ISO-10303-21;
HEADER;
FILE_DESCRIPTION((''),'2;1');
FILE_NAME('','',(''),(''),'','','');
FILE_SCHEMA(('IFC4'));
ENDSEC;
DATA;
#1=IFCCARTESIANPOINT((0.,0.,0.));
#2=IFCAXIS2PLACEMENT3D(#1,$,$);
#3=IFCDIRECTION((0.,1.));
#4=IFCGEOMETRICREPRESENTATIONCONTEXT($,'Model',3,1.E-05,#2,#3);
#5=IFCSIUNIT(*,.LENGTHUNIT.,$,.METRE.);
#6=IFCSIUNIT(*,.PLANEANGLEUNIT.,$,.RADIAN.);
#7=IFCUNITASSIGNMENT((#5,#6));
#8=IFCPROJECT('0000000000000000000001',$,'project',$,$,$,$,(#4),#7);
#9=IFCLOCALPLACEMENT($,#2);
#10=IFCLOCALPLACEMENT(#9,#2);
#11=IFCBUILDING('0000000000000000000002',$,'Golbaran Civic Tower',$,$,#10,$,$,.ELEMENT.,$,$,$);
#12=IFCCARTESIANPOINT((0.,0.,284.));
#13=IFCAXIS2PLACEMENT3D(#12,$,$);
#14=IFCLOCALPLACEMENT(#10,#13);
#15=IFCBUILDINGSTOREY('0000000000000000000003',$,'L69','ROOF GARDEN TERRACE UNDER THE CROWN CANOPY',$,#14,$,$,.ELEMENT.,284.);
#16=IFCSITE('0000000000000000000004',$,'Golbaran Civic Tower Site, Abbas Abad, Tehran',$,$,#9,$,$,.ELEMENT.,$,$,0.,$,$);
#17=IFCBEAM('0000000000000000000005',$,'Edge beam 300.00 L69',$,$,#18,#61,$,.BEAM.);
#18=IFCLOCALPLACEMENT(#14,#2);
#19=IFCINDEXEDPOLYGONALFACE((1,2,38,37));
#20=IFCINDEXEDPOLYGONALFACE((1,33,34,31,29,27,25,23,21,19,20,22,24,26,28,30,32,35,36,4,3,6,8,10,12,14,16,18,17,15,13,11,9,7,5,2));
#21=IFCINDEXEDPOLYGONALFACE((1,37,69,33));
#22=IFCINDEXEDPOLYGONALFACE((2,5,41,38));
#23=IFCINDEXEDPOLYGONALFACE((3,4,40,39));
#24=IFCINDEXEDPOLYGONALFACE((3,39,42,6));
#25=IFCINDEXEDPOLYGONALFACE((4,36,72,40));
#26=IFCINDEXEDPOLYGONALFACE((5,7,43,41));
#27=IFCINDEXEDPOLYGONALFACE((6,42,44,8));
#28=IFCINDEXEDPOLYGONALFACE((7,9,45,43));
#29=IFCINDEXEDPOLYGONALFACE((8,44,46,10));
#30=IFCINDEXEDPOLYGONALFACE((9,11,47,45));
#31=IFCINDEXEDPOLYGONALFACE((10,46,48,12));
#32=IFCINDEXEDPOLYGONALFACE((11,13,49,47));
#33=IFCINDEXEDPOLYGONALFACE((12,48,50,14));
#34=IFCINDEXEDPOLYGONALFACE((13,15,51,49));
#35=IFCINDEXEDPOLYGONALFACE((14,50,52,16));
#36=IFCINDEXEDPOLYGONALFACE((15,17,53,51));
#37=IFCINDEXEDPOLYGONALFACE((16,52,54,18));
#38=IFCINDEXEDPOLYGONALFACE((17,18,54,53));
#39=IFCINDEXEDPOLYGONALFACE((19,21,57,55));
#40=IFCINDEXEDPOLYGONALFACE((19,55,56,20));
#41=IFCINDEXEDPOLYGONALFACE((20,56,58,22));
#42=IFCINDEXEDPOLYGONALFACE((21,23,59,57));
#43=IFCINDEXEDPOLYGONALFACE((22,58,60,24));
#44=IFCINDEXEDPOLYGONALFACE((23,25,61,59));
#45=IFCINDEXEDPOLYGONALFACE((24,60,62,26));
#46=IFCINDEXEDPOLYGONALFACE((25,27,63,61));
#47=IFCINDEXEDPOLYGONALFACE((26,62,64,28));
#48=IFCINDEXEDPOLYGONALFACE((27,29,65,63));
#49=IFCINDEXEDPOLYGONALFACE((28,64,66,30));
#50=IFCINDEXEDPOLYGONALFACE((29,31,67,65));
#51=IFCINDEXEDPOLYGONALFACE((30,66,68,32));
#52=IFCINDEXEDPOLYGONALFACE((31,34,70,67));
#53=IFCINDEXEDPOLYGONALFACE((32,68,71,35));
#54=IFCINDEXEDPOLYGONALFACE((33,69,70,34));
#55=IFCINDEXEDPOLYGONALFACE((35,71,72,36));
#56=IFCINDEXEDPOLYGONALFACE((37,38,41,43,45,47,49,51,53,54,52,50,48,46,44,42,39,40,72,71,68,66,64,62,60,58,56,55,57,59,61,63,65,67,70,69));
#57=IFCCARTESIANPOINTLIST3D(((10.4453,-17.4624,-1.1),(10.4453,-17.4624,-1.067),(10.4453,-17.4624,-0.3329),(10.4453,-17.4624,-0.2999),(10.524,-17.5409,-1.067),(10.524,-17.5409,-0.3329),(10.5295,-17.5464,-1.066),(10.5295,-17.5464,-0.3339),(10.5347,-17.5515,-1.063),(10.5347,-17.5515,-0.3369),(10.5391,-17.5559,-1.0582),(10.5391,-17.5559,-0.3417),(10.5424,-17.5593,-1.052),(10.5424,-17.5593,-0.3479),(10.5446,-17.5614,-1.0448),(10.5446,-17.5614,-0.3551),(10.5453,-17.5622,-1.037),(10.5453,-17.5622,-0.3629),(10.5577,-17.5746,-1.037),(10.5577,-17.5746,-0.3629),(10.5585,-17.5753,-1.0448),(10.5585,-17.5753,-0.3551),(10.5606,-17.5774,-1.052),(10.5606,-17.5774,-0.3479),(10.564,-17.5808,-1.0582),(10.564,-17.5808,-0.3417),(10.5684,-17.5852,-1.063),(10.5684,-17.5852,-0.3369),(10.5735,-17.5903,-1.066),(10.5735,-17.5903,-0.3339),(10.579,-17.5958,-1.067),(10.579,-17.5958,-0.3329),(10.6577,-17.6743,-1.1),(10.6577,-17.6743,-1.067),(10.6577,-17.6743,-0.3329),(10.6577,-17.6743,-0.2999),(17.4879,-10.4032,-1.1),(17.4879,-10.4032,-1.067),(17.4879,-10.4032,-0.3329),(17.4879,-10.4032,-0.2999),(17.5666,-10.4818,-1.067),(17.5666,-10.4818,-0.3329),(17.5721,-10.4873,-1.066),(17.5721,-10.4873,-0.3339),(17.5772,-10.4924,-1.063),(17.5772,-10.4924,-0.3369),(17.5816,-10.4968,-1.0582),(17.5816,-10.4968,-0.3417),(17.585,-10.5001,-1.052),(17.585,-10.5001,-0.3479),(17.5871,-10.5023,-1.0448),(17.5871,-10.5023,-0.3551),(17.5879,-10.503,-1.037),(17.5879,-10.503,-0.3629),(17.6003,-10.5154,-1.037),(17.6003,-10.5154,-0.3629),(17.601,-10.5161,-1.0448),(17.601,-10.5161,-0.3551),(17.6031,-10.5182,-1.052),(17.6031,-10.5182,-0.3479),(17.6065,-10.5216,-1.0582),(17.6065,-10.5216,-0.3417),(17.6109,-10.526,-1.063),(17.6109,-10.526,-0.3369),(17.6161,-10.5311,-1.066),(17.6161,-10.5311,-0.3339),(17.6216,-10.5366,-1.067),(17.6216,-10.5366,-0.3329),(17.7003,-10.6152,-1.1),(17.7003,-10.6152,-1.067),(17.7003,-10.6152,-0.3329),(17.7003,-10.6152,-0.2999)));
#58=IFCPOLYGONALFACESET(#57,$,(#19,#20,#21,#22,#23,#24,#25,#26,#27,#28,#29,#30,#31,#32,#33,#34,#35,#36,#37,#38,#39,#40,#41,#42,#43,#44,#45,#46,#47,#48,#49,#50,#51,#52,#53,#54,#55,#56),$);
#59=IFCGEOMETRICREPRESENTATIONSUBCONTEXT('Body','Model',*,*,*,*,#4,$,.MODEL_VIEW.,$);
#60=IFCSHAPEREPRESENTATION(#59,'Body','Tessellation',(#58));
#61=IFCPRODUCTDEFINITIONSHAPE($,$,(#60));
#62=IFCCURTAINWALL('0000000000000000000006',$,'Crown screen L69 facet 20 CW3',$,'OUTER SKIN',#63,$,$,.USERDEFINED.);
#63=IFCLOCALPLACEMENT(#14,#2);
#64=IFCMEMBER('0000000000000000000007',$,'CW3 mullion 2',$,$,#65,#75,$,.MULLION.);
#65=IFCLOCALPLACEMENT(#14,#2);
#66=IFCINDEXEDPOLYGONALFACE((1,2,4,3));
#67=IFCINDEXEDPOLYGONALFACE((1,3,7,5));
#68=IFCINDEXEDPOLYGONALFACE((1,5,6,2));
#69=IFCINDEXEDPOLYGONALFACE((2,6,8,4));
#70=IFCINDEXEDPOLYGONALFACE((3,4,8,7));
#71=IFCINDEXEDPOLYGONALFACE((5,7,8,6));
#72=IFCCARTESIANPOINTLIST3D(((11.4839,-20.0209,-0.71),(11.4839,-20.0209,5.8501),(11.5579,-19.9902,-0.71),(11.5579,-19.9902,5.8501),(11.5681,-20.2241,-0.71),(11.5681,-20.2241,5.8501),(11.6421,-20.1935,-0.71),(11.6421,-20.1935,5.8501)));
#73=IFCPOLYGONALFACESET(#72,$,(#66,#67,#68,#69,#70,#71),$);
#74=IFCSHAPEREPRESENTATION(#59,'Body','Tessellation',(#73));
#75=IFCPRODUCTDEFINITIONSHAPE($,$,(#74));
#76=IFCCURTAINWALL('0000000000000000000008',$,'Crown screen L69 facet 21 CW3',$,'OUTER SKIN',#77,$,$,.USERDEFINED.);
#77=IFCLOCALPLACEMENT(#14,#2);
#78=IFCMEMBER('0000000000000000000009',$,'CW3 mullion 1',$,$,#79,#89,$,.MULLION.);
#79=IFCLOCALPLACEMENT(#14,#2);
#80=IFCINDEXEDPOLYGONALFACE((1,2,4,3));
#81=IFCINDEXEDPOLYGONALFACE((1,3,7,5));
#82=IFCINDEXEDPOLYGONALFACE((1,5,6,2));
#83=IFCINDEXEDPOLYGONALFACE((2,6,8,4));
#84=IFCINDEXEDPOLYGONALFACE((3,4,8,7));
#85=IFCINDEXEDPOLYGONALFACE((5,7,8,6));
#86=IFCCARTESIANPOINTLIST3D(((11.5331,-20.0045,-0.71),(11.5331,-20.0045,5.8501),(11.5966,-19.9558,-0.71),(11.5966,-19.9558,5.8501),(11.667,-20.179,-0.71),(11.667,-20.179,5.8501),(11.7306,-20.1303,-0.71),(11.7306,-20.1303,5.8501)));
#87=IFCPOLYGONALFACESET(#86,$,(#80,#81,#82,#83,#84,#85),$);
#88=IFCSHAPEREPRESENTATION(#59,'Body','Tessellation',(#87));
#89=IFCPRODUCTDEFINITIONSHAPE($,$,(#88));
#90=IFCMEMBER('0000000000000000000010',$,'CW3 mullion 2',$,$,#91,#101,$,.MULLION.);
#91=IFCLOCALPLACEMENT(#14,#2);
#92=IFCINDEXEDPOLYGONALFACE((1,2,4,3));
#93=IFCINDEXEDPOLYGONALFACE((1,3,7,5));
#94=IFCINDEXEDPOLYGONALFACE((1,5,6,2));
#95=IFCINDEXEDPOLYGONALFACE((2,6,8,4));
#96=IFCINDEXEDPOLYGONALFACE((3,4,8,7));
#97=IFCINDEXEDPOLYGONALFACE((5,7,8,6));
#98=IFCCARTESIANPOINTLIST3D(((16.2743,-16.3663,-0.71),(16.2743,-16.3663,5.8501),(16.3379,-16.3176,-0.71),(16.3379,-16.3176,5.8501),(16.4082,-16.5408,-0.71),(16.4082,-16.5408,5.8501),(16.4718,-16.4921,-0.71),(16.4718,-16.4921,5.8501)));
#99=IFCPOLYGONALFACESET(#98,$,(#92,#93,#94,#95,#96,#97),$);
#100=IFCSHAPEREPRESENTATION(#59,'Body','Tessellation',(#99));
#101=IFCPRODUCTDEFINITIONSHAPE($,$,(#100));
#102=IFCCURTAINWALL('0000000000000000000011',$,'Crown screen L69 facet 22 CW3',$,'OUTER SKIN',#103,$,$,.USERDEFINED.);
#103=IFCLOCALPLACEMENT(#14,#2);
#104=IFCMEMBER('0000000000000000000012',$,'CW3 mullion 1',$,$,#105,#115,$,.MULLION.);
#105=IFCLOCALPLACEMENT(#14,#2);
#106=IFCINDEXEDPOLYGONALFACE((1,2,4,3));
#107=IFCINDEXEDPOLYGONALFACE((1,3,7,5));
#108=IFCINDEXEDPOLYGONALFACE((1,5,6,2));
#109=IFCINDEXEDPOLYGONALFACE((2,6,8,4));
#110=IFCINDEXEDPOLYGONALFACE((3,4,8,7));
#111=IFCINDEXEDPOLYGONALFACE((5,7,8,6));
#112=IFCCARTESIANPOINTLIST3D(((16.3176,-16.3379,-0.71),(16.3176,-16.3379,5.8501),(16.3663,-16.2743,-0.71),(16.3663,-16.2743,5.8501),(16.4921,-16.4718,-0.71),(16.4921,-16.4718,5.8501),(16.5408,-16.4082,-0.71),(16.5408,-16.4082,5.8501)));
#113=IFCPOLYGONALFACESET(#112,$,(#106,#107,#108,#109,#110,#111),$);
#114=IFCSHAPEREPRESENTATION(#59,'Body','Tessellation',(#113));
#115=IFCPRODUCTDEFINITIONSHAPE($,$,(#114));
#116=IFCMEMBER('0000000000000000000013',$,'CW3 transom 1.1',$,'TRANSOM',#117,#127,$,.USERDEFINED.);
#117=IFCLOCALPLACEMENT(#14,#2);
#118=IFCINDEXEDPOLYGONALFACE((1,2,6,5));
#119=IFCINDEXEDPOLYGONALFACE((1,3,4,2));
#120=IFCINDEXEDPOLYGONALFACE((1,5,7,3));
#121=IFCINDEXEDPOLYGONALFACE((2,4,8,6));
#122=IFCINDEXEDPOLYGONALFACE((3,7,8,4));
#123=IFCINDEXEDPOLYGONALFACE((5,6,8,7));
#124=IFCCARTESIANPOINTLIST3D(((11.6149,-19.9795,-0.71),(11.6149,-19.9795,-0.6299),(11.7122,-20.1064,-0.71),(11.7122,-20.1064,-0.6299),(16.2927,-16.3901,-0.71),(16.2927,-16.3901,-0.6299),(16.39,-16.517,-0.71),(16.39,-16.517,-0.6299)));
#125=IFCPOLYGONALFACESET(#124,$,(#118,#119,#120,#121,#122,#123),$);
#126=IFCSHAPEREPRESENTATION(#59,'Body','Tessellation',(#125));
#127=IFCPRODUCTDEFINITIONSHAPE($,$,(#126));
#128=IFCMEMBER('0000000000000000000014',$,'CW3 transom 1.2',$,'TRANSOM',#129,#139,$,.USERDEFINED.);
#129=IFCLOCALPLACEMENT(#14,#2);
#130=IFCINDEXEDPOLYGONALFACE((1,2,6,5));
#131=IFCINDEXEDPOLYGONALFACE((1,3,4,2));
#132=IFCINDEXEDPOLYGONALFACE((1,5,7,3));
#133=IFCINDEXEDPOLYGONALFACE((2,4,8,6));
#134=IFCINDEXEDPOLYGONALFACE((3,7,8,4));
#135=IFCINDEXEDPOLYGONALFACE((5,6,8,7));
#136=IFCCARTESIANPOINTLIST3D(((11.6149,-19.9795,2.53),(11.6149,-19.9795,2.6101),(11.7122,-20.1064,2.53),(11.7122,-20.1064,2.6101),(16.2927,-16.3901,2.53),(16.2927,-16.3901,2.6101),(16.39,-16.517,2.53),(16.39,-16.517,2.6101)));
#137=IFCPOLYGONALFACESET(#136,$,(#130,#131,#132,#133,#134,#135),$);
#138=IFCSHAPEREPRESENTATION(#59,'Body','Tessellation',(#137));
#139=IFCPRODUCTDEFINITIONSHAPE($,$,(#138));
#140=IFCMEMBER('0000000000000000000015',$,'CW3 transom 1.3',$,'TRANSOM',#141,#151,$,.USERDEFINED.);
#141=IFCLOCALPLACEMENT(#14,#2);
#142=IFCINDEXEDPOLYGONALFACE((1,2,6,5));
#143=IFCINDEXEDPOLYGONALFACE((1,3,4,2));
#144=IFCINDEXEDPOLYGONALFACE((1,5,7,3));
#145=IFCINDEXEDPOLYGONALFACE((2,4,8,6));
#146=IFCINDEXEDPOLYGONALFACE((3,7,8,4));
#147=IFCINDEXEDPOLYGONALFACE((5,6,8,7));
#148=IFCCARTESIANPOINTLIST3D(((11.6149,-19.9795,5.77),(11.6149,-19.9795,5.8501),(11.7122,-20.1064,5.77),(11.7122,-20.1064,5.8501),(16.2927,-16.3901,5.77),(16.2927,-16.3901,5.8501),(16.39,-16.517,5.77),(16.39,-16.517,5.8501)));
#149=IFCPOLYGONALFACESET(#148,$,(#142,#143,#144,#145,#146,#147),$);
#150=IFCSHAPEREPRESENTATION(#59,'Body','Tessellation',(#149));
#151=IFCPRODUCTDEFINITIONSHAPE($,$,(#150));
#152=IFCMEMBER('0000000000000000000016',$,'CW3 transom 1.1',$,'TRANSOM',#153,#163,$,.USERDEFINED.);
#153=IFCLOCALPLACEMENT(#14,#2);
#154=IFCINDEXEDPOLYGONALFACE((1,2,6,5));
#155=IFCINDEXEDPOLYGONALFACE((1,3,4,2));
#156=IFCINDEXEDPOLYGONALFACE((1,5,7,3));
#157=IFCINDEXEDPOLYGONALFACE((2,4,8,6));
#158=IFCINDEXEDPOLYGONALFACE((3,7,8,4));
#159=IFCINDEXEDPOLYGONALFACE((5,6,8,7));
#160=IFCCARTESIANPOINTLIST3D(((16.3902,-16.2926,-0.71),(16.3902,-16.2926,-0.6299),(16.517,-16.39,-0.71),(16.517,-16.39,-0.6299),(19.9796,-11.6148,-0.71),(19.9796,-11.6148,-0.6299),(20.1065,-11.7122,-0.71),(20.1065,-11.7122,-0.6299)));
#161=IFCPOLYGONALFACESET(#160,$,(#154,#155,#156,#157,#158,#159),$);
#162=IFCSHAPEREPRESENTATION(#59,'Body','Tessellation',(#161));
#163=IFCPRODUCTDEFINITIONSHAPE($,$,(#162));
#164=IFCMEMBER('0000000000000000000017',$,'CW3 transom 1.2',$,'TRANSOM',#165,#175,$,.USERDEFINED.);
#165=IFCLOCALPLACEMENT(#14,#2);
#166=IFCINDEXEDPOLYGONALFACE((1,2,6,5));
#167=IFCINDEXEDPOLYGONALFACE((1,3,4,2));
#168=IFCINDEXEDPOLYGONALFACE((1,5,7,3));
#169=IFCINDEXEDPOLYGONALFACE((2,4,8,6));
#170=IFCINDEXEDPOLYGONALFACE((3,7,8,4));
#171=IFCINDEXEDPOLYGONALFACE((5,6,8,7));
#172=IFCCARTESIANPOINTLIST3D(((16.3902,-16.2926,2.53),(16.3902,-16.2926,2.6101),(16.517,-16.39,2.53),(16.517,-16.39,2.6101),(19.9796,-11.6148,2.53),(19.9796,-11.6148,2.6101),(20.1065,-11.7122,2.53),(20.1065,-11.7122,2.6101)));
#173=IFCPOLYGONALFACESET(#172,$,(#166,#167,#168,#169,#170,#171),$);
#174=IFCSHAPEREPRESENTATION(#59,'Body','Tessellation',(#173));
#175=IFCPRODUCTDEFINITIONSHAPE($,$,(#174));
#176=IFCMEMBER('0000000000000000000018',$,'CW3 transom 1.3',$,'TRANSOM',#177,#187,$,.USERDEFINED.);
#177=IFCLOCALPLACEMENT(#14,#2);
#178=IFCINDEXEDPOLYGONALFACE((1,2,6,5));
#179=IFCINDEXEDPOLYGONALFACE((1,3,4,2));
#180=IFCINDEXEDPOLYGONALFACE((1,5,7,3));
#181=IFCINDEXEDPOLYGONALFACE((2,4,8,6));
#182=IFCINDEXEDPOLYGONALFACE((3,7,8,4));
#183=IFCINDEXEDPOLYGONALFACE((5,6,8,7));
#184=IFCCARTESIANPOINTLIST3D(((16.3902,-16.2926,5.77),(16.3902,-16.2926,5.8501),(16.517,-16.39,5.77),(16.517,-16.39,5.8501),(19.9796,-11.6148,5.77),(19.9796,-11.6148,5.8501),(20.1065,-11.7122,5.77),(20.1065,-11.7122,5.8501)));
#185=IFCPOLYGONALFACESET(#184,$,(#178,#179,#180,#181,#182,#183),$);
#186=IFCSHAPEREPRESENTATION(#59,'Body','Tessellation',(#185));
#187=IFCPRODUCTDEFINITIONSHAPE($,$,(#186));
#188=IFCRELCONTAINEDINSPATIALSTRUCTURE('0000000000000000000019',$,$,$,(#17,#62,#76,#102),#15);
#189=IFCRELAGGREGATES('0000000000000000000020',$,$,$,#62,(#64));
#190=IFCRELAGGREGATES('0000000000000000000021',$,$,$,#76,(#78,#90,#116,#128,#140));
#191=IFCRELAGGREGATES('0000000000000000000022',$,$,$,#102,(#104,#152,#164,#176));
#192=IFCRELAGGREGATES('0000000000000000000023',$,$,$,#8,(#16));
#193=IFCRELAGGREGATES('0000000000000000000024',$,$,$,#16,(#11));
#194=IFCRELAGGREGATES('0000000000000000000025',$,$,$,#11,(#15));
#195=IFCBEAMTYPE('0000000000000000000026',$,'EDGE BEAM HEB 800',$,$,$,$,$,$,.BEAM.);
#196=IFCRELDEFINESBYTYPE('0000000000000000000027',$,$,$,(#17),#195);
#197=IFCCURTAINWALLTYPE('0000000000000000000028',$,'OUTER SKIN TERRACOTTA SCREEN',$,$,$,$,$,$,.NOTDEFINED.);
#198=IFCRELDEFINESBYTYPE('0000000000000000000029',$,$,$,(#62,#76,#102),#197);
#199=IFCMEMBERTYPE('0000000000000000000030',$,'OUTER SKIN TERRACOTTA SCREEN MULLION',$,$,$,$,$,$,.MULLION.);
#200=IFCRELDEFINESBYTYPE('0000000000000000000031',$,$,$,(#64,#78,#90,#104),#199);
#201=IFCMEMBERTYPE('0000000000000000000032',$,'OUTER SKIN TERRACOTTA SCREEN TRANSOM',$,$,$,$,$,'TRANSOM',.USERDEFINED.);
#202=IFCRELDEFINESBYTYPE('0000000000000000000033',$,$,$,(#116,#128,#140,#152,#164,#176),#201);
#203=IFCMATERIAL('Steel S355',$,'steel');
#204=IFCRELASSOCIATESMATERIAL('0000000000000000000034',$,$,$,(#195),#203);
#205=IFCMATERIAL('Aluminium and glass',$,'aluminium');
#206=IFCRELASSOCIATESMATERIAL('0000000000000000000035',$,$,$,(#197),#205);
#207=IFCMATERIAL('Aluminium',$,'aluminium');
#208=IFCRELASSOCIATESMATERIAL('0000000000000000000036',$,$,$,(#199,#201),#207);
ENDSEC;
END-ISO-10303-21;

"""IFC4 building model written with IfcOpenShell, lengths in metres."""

from ifc_helpers import new_model, si_unit, direction, frame, origin, origin_2d, place, context, subcontext, project, spatial, rectangle, i_section, extrude, material, material_profile, profile_set, type_object, element, aggregate, save


model = new_model("IFC4")

# Units and contexts
model_context = context("Model", 3, precision=1e-05, world=origin(), true_north=direction((0.0, 1.0)))
body_context = subcontext(model_context, "Body", "Model", "MODEL_VIEW")
ifc_project = project(units=[si_unit("LENGTHUNIT", "METRE"), si_unit("PLANEANGLEUNIT", "RADIAN")], contexts=[model_context])

# Site, building, storey
site_placement = place(None, origin())
site = spatial("IfcSite", under=ifc_project, at=site_placement, Name="Golbaran Civic Tower Site, Abbas Abad, Tehran", CompositionType="ELEMENT", RefElevation=0.0)
building_placement = place(site_placement, origin())
building = spatial("IfcBuilding", under=site, at=building_placement, Name="Golbaran Civic Tower", CompositionType="ELEMENT")
storey_placement = place(building_placement, frame((0.0, 0.0, 284.0)))
storey = spatial("IfcBuildingStorey", under=building, at=storey_placement, Name="L69", Description="ROOF GARDEN TERRACE UNDER THE CROWN CANOPY", CompositionType="ELEMENT", Elevation=284.0)

# Shared definitions
ifc_material_1 = material(Name="Steel S355", Category="steel")

# Beam
ifc_material_profile_1 = material_profile(ifc_material_1, i_section(OverallWidth=0.3, OverallDepth=0.8, WebThickness=0.0176, FlangeThickness=0.033, FilletRadius=0.03, at=origin_2d()), Name="HEB 800")
ifc_profile_set_1 = profile_set([ifc_material_profile_1], Name="Steel S355")
beam_type_1 = type_object("IfcBeamType", Name="EDGE BEAM HEB 800", PredefinedType="BEAM", material=ifc_profile_set_1)
beam_1_placement = place(storey_placement, frame((10.5515, -17.5684, -0.7), z_axis=(0.706274, 0.707939, 0.0), x_axis=(-0.707939, 0.706274, 0.0)))
element("IfcBeam", 1, at=beam_1_placement, inside=storey, type_object=beam_type_1, Name="Edge beam 300.00 L69", PredefinedType="BEAM", context=body_context, shape_type="SweptSolid", body=[
    extrude(i_section(OverallWidth=0.3, OverallDepth=0.8, WebThickness=0.0176, FlangeThickness=0.033, FilletRadius=0.03, at=origin_2d()), origin(), (0.0, 0.0, 1.0), 9.9714),
])

# Curtain wall, member
ifc_material_2 = material(Name="Aluminium and glass", Category="aluminium")
curtain_wall_type = type_object("IfcCurtainWallType", Name="OUTER SKIN TERRACOTTA SCREEN", PredefinedType="NOTDEFINED", material=ifc_material_2)
curtain_wall_1_placement = place(storey_placement, origin())
curtain_wall_1 = element("IfcCurtainWall", 2, at=curtain_wall_1_placement, inside=storey, type_object=curtain_wall_type, Name="Crown screen L69 facet 20 CW3", ObjectType="OUTER SKIN", PredefinedType="USERDEFINED")
ifc_material_3 = material(Name="Aluminium", Category="aluminium")
ifc_material_profile_2 = material_profile(ifc_material_3, rectangle(XDim=0.22, YDim=0.0801, at=origin_2d()), Name="OUTER SKIN TERRACOTTA SCREEN MULLION")
ifc_profile_set_2 = profile_set([ifc_material_profile_2], Name="Aluminium")
member_type_1 = type_object("IfcMemberType", Name="OUTER SKIN TERRACOTTA SCREEN MULLION", PredefinedType="MULLION", material=ifc_profile_set_2)
member_1_placement = place(storey_placement, frame((11.563, -20.1072, -0.71), z_axis=(0.0, 0.0, 1.0), x_axis=(-0.382683, 0.92388, 0.0)))
member_1 = element("IfcMember", 3, at=member_1_placement, type_object=member_type_1, Name="CW3 mullion 2", PredefinedType="MULLION", context=body_context, shape_type="SweptSolid", body=[
    extrude(rectangle(XDim=0.22, YDim=0.0801, at=origin_2d()), origin(), (0.0, 0.0, 1.0), 6.5601),
])
aggregate(curtain_wall_1, [member_1])

# Curtain wall, members
curtain_wall_2_placement = place(storey_placement, origin())
curtain_wall_2 = element("IfcCurtainWall", 4, at=curtain_wall_2_placement, inside=storey, type_object=curtain_wall_type, Name="Crown screen L69 facet 21 CW3", ObjectType="OUTER SKIN", PredefinedType="USERDEFINED")
member_2_placement = place(storey_placement, frame((11.6318, -20.0674, -0.71), z_axis=(0.0, 0.0, 1.0), x_axis=(-0.608761, 0.793353, 0.0)))
member_2 = element("IfcMember", 5, at=member_2_placement, type_object=member_type_1, Name="CW3 mullion 1", PredefinedType="MULLION", context=body_context, shape_type="SweptSolid", body=[
    extrude(rectangle(XDim=0.22, YDim=0.0801, at=origin_2d()), origin(), (0.0, 0.0, 1.0), 6.5601),
])
member_3_placement = place(storey_placement, frame((16.373, -16.4292, -0.71), z_axis=(0.0, 0.0, 1.0), x_axis=(-0.608761, 0.793353, 0.0)))
member_3 = element("IfcMember", 6, at=member_3_placement, type_object=member_type_1, Name="CW3 mullion 2", PredefinedType="MULLION", context=body_context, shape_type="SweptSolid", body=[
    extrude(rectangle(XDim=0.22, YDim=0.0801, at=origin_2d()), origin(), (0.0, 0.0, 1.0), 6.5601),
])

# Curtain wall, member
curtain_wall_3_placement = place(storey_placement, origin())
curtain_wall_3 = element("IfcCurtainWall", 7, at=curtain_wall_3_placement, inside=storey, type_object=curtain_wall_type, Name="Crown screen L69 facet 22 CW3", ObjectType="OUTER SKIN", PredefinedType="USERDEFINED")
member_4_placement = place(storey_placement, frame((16.4292, -16.373, -0.71), z_axis=(0.0, 0.0, 1.0), x_axis=(-0.793353, 0.608761, 0.0)))
member_4 = element("IfcMember", 8, at=member_4_placement, type_object=member_type_1, Name="CW3 mullion 1", PredefinedType="MULLION", context=body_context, shape_type="SweptSolid", body=[
    extrude(rectangle(XDim=0.22, YDim=0.0801, at=origin_2d()), origin(), (0.0, 0.0, 1.0), 6.5601),
])

# Members
ifc_material_profile_3 = material_profile(ifc_material_3, rectangle(XDim=0.1599, YDim=0.0801, at=origin_2d()), Name="OUTER SKIN TERRACOTTA SCREEN TRANSOM")
ifc_profile_set_3 = profile_set([ifc_material_profile_3], Name="Aluminium")
member_type_2 = type_object("IfcMemberType", Name="OUTER SKIN TERRACOTTA SCREEN TRANSOM", ElementType="TRANSOM", PredefinedType="USERDEFINED", material=ifc_profile_set_3)
member_5_placement = place(storey_placement, frame((11.6636, -20.043, -0.6699), z_axis=(0.793353, 0.608762, 0.0), x_axis=(-0.608762, 0.793353, 0.0)))
member_5 = element("IfcMember", 9, at=member_5_placement, type_object=member_type_2, Name="CW3 transom 1.1", ObjectType="TRANSOM", PredefinedType="USERDEFINED", context=body_context, shape_type="SweptSolid", body=[
    extrude(rectangle(XDim=0.1599, YDim=0.0801, at=origin_2d()), origin(), (0.0, 0.0, 1.0), 5.8962),
])
member_6_placement = place(storey_placement, frame((11.6636, -20.043, 2.5701), z_axis=(0.793353, 0.608762, 0.0), x_axis=(-0.608762, 0.793353, 0.0)))
member_6 = element("IfcMember", 10, at=member_6_placement, type_object=member_type_2, Name="CW3 transom 1.2", ObjectType="TRANSOM", PredefinedType="USERDEFINED", context=body_context, shape_type="SweptSolid", body=[
    extrude(rectangle(XDim=0.1599, YDim=0.0801, at=origin_2d()), origin(), (0.0, 0.0, 1.0), 5.8962),
])
member_7_placement = place(storey_placement, frame((11.6636, -20.043, 5.8101), z_axis=(0.793353, 0.608762, 0.0), x_axis=(-0.608762, 0.793353, 0.0)))
member_7 = element("IfcMember", 11, at=member_7_placement, type_object=member_type_2, Name="CW3 transom 1.3", ObjectType="TRANSOM", PredefinedType="USERDEFINED", context=body_context, shape_type="SweptSolid", body=[
    extrude(rectangle(XDim=0.1599, YDim=0.0801, at=origin_2d()), origin(), (0.0, 0.0, 1.0), 5.8962),
])
member_8_placement = place(storey_placement, frame((16.4536, -16.3413, -0.6699), z_axis=(0.608762, 0.793353, 0.0), x_axis=(-0.793353, 0.608762, 0.0)))
member_8 = element("IfcMember", 12, at=member_8_placement, type_object=member_type_2, Name="CW3 transom 1.1", ObjectType="TRANSOM", PredefinedType="USERDEFINED", context=body_context, shape_type="SweptSolid", body=[
    extrude(rectangle(XDim=0.1599, YDim=0.0801, at=origin_2d()), origin(), (0.0, 0.0, 1.0), 5.8962),
])
member_9_placement = place(storey_placement, frame((16.4536, -16.3413, 2.5701), z_axis=(0.608762, 0.793353, 0.0), x_axis=(-0.793353, 0.608762, 0.0)))
member_9 = element("IfcMember", 13, at=member_9_placement, type_object=member_type_2, Name="CW3 transom 1.2", ObjectType="TRANSOM", PredefinedType="USERDEFINED", context=body_context, shape_type="SweptSolid", body=[
    extrude(rectangle(XDim=0.1599, YDim=0.0801, at=origin_2d()), origin(), (0.0, 0.0, 1.0), 5.8962),
])
member_10_placement = place(storey_placement, frame((16.4536, -16.3413, 5.8101), z_axis=(0.608762, 0.793353, 0.0), x_axis=(-0.793353, 0.608762, 0.0)))
member_10 = element("IfcMember", 14, at=member_10_placement, type_object=member_type_2, Name="CW3 transom 1.3", ObjectType="TRANSOM", PredefinedType="USERDEFINED", context=body_context, shape_type="SweptSolid", body=[
    extrude(rectangle(XDim=0.1599, YDim=0.0801, at=origin_2d()), origin(), (0.0, 0.0, 1.0), 5.8962),
])

aggregate(curtain_wall_2, [member_2, member_3, member_5, member_6, member_7])
aggregate(curtain_wall_3, [member_4, member_8, member_9, member_10])

save(model, "model.ifc")
